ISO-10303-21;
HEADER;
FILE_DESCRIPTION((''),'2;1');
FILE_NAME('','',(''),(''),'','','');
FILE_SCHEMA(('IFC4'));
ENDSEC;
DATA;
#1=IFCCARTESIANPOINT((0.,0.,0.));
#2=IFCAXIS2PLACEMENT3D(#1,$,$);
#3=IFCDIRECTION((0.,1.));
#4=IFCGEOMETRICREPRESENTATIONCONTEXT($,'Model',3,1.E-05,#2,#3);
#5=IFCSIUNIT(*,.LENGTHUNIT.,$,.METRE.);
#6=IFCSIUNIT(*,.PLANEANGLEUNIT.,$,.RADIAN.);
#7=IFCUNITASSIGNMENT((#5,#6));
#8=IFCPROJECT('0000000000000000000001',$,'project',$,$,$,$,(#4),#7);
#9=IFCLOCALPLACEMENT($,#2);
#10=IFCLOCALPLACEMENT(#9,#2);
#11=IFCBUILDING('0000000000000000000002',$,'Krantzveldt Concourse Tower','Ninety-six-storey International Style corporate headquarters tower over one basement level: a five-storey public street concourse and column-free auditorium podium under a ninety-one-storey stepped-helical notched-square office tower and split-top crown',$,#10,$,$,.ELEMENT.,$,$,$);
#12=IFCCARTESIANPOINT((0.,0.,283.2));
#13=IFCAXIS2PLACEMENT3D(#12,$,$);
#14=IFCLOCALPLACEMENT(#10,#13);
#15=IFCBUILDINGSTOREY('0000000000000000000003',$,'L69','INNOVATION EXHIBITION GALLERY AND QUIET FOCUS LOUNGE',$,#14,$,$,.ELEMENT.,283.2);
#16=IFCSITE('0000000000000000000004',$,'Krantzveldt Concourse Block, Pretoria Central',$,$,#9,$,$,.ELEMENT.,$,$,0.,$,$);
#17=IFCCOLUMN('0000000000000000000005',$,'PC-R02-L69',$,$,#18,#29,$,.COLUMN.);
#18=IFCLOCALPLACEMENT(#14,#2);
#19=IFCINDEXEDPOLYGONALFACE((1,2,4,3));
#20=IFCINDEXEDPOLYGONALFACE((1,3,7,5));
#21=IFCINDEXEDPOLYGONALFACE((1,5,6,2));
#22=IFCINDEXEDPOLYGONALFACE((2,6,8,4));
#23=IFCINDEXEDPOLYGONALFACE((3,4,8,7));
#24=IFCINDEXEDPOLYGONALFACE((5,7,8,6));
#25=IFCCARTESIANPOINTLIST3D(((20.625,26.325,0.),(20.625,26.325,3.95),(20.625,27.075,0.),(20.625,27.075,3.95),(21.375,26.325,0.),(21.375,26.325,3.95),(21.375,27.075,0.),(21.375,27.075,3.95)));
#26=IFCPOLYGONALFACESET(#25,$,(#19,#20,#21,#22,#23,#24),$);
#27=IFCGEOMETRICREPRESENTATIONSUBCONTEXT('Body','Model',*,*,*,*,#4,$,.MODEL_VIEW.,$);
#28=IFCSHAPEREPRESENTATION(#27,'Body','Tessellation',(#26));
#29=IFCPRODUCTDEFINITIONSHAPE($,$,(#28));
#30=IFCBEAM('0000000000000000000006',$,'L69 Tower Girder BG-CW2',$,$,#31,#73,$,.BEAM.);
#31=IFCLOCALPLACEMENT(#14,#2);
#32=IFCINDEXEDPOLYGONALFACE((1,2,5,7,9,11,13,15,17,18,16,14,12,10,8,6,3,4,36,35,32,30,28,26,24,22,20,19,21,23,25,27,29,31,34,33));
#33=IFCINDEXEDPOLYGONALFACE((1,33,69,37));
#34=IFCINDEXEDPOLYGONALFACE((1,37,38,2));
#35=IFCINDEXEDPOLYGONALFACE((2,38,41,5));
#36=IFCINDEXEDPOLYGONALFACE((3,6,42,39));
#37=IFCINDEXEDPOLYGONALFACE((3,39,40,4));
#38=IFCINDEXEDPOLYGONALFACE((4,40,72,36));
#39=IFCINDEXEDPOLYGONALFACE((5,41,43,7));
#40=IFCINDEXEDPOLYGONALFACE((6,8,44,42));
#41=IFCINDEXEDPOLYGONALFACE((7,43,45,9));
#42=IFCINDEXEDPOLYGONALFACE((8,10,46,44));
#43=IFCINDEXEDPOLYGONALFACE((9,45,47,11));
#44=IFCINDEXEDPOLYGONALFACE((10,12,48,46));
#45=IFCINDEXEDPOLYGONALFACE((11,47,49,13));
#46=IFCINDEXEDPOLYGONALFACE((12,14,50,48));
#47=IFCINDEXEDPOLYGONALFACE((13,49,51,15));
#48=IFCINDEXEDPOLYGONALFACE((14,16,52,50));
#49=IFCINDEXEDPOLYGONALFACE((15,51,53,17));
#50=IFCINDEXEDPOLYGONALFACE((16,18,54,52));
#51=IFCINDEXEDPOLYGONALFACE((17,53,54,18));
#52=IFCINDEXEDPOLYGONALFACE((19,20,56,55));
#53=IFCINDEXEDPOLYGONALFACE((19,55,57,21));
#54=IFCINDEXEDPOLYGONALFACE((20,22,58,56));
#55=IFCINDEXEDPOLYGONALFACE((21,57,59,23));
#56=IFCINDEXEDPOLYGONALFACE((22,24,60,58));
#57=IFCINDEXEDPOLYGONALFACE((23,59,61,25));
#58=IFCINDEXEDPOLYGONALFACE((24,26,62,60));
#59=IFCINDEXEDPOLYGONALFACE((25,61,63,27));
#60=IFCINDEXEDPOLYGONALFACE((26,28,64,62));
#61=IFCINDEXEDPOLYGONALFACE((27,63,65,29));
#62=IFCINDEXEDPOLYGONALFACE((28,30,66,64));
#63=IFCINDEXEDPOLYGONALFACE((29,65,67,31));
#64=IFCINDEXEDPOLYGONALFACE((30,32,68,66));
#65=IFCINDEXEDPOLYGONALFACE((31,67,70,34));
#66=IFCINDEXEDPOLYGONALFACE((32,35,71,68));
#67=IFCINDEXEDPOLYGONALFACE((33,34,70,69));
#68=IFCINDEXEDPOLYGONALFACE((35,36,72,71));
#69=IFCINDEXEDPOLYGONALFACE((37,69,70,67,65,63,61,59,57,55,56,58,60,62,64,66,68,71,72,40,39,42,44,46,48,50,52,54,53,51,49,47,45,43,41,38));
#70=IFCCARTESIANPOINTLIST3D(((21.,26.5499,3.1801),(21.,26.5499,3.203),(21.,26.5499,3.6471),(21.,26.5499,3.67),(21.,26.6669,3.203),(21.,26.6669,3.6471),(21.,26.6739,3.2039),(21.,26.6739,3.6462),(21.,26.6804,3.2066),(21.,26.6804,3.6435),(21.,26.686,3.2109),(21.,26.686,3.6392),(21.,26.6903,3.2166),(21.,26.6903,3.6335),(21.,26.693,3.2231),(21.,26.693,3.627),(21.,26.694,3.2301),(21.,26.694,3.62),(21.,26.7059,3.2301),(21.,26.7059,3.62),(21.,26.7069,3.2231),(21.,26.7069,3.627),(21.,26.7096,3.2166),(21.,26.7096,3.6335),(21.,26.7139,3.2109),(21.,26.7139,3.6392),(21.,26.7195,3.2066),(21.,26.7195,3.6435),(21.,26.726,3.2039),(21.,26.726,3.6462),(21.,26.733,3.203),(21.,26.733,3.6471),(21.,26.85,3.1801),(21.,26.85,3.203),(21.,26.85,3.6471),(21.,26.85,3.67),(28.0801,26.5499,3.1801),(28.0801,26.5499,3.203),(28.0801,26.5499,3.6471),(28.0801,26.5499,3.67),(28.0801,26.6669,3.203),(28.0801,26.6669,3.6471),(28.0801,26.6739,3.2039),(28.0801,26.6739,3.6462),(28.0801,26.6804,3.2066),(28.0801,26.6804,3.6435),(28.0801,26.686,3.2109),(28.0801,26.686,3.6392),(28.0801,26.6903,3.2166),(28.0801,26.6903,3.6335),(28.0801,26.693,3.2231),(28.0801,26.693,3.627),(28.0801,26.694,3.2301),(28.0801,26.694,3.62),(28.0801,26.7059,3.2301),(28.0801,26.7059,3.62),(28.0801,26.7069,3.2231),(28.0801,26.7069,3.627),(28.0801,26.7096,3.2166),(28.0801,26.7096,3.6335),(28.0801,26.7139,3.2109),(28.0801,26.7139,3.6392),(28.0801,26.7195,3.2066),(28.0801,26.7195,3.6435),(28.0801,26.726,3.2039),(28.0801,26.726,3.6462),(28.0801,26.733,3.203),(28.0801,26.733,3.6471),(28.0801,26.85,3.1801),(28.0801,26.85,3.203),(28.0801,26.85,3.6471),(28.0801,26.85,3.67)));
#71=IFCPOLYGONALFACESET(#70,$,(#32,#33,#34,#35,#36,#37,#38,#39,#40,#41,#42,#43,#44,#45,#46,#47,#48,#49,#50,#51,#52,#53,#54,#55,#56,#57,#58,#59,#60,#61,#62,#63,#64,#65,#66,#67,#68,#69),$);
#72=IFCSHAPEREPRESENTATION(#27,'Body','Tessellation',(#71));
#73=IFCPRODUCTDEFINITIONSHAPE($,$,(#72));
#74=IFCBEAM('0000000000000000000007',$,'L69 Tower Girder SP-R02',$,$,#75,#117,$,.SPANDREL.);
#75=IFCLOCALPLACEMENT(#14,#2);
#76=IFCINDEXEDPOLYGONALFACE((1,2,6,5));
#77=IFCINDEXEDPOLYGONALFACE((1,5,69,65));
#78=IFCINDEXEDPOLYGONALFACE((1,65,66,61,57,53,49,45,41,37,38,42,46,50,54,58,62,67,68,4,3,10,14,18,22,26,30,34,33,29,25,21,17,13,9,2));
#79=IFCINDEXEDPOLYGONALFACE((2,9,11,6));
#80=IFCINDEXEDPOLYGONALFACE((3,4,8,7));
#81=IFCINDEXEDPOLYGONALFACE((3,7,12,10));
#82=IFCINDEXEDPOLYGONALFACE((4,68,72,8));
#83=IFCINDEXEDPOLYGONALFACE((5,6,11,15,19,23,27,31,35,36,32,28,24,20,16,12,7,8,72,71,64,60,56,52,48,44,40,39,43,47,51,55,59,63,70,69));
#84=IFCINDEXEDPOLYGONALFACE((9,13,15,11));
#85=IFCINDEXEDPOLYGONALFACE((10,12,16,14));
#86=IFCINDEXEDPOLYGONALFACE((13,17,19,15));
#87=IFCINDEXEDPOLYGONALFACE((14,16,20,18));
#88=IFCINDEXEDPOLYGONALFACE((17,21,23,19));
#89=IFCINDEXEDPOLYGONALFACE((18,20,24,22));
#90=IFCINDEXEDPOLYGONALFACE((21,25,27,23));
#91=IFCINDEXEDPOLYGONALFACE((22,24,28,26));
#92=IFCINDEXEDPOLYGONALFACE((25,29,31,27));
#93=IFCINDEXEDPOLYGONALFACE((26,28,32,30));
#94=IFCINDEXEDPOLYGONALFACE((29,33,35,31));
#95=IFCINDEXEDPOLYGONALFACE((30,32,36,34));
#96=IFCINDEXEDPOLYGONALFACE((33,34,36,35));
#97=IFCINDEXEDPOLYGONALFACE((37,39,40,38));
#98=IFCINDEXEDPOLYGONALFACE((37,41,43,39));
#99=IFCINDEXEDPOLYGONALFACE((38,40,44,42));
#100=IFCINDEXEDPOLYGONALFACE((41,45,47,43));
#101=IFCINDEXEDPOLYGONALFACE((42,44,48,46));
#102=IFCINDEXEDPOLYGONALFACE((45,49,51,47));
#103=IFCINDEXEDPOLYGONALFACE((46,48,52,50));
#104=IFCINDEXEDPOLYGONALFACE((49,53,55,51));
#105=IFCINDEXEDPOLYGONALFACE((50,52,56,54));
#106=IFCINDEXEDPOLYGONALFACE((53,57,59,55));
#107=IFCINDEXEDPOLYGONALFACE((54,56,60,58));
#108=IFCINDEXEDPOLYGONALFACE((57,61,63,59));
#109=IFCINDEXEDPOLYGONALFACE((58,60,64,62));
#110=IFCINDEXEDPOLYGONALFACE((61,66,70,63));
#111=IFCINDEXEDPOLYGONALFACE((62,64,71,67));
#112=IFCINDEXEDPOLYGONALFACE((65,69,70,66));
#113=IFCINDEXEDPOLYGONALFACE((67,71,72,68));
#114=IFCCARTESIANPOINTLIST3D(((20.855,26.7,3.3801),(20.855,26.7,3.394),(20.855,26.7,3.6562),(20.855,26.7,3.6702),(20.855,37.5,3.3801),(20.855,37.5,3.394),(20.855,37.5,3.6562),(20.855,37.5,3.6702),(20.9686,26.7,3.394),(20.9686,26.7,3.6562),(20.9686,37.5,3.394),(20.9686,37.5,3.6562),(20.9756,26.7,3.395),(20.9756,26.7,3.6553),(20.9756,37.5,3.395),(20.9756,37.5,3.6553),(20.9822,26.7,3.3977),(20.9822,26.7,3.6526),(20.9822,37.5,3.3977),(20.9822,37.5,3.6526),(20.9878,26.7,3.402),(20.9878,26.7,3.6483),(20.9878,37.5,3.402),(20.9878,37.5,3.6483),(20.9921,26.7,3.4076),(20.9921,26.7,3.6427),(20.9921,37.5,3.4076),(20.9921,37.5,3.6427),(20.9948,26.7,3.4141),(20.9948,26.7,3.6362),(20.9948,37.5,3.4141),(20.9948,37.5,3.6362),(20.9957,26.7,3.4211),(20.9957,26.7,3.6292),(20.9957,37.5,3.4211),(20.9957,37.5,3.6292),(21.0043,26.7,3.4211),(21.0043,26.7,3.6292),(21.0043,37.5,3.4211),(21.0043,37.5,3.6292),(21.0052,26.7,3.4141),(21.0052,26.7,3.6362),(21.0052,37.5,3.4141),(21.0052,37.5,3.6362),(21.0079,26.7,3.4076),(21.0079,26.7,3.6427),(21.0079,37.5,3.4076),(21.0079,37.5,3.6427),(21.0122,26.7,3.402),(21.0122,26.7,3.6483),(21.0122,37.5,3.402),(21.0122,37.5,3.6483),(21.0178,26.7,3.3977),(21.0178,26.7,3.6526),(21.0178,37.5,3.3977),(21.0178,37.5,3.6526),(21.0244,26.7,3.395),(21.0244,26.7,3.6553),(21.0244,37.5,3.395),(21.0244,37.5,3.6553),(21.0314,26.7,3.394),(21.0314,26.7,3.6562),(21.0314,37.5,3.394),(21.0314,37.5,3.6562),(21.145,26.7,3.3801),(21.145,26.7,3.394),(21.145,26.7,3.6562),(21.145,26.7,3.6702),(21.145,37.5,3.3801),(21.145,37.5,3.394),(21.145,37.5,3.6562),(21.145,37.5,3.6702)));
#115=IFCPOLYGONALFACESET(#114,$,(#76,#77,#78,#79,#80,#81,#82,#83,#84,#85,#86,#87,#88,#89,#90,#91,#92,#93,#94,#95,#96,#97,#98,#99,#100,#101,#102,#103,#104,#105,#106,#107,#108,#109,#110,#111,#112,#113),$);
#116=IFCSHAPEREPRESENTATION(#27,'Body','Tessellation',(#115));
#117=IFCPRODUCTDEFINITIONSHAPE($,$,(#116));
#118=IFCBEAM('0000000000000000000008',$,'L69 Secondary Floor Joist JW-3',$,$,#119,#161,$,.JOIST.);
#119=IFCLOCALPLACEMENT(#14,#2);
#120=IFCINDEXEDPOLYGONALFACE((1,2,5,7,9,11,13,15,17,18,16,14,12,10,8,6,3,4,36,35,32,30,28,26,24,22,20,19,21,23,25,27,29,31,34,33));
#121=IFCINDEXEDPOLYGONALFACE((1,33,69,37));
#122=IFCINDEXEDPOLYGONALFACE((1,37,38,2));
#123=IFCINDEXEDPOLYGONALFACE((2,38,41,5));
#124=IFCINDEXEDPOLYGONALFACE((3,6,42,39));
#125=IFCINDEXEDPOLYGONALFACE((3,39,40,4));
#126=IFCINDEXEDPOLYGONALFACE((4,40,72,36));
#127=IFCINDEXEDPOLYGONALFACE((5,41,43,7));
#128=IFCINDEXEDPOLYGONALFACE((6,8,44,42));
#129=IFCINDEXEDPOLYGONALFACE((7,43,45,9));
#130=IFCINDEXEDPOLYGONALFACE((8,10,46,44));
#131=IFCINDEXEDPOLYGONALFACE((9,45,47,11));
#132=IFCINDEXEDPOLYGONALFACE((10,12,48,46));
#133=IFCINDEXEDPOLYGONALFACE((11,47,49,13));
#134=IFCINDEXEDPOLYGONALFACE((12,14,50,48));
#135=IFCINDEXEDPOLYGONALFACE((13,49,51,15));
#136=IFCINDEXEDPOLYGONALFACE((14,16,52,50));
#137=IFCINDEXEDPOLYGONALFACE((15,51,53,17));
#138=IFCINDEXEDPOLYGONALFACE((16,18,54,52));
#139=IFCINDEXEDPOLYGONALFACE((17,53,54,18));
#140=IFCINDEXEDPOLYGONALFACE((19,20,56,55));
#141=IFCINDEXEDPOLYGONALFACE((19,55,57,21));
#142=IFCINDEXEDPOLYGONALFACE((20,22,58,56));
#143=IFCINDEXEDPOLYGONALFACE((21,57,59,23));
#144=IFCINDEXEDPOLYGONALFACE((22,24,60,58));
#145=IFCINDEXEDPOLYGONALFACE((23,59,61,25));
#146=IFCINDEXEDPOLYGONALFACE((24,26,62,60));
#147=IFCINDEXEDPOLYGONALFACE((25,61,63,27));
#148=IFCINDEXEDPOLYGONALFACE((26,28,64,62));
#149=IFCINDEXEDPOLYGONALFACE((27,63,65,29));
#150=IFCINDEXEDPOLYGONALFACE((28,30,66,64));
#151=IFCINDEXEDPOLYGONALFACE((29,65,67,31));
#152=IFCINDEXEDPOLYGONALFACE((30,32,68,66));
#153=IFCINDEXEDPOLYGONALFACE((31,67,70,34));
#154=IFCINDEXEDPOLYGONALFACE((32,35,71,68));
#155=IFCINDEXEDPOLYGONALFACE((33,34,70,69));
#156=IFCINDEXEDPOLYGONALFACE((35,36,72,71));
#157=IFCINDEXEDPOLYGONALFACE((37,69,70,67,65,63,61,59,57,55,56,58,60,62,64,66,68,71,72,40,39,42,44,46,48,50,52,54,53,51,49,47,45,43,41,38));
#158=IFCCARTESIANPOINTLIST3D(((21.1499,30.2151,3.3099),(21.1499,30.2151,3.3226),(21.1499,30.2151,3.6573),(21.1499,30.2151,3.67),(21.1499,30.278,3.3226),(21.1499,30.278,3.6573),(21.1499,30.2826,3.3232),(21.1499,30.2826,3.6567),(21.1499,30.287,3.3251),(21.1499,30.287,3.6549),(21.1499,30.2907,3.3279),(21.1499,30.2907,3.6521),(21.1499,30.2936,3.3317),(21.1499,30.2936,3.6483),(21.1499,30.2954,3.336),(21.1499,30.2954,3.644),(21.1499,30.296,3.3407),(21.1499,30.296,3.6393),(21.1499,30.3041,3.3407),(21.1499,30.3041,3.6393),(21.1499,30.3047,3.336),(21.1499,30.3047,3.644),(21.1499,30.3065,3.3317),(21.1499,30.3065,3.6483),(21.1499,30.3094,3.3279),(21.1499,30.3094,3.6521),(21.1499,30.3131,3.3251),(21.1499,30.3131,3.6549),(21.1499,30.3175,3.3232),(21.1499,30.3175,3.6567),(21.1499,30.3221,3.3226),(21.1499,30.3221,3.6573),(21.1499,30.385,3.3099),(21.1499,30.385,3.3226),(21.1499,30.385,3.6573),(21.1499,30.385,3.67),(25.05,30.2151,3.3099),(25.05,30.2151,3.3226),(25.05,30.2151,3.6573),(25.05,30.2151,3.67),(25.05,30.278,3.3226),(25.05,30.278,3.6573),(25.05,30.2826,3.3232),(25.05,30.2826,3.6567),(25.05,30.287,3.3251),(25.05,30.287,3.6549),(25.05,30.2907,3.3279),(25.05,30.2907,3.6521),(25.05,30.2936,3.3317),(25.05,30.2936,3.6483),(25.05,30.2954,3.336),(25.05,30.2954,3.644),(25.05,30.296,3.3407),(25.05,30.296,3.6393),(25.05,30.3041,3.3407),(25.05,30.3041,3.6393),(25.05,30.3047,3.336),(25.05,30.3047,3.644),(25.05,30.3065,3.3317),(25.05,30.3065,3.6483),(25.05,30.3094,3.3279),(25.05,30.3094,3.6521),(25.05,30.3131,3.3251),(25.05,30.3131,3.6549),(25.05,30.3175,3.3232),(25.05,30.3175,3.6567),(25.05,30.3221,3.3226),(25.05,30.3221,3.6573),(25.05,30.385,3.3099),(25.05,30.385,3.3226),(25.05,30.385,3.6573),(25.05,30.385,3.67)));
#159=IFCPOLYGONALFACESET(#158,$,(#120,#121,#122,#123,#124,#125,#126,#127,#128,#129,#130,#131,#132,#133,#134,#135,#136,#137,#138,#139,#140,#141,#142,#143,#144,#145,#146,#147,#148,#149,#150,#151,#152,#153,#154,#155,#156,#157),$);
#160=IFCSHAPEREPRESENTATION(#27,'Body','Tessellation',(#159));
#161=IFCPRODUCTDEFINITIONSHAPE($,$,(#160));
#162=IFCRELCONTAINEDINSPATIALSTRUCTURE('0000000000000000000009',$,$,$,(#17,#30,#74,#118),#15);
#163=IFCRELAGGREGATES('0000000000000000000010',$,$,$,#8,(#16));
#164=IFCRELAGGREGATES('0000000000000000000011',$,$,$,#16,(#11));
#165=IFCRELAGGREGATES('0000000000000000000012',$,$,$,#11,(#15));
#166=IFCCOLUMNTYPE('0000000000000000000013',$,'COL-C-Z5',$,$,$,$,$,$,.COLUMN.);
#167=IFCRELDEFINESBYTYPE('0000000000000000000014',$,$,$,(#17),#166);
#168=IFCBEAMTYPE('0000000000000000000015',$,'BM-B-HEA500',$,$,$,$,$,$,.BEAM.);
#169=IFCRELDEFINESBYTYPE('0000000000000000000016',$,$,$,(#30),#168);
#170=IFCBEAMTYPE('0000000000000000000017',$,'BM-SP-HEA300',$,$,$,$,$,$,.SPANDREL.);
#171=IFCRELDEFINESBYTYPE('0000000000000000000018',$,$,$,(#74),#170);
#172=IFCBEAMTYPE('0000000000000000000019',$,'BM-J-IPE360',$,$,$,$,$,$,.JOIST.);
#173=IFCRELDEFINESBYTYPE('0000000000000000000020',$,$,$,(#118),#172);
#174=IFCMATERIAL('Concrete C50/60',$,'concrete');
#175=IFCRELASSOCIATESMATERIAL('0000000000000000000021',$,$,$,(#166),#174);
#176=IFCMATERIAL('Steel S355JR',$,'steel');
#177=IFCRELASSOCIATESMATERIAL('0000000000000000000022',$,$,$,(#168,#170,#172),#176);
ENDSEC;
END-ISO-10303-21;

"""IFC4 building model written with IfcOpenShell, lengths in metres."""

from ifc_helpers import new_model, si_unit, direction, frame, origin, origin_2d, place, context, subcontext, project, spatial, rectangle, i_section, extrude, source, transform, mapped, material, material_profile, profile_set, type_object, type_shapes, element, save


model = new_model("IFC4")

# Units and contexts
model_context = context("Model", 3, precision=1e-05, world=origin(), true_north=direction((0.0, 1.0)))
body_context = subcontext(model_context, "Body", "Model", "MODEL_VIEW")
ifc_project = project(units=[si_unit("LENGTHUNIT", "METRE"), si_unit("PLANEANGLEUNIT", "RADIAN")], contexts=[model_context])

# Site, building, storey
site_placement = place(None, origin())
site = spatial("IfcSite", under=ifc_project, at=site_placement, Name="Krantzveldt Concourse Block, Pretoria Central", CompositionType="ELEMENT", RefElevation=0.0)
building_placement = place(site_placement, origin())
building = spatial("IfcBuilding", under=site, at=building_placement, Name="Krantzveldt Concourse Tower", Description="Ninety-six-storey International Style corporate headquarters tower over one basement level: a five-storey public street concourse and column-free auditorium podium under a ninety-one-storey stepped-helical notched-square office tower and split-top crown", CompositionType="ELEMENT")
storey_placement = place(building_placement, frame((0.0, 0.0, 283.2)))
storey = spatial("IfcBuildingStorey", under=building, at=storey_placement, Name="L69", Description="INNOVATION EXHIBITION GALLERY AND QUIET FOCUS LOUNGE", CompositionType="ELEMENT", Elevation=283.2)

# Column
ifc_material_1 = material(Name="Concrete C50/60", Category="concrete")
ifc_material_profile_1 = material_profile(ifc_material_1, rectangle(XDim=0.75, YDim=0.75, at=origin_2d()), Name="Concrete C50/60", Category="concrete")
ifc_profile_set_1 = profile_set([ifc_material_profile_1], Name="Concrete C50/60 - RC 750x750")
column_type = type_object("IfcColumnType", Name="COL-C-Z5", PredefinedType="COLUMN", material=ifc_profile_set_1)
shared_shape_1 = source(origin(), body_context, "Body", "SweptSolid", [
    extrude(rectangle(XDim=0.75, YDim=0.75, at=origin_2d()), origin(), (0.0, 0.0, 1.0), 3.95),
])
type_shapes(column_type, [shared_shape_1])
column_placement = place(storey_placement, frame((21.0, 26.7, 0.0), z_axis=(0.0, 0.0, 1.0), x_axis=(1.0, 0.0, 0.0)))
element("IfcColumn", 1, at=column_placement, inside=storey, type_object=column_type, Name="PC-R02-L69", PredefinedType="COLUMN", context=body_context, shape_type="MappedRepresentation", body=[
    mapped(shared_shape_1, transform((0.0, 0.0, 0.0), x_axis=(1.0, 0.0, 0.0), y_axis=(0.0, 1.0, 0.0), z_axis=(0.0, 0.0, 1.0), scale=1.0)),
])

# Beams
ifc_material_2 = material(Name="Steel S355JR", Category="steel")
ifc_material_profile_2 = material_profile(ifc_material_2, i_section(OverallWidth=0.3, OverallDepth=0.49, WebThickness=0.012, FlangeThickness=0.0229, FilletRadius=0.0271, at=origin_2d()), Name="Steel S355JR", Category="steel")
ifc_profile_set_2 = profile_set([ifc_material_profile_2], Name="Steel S355JR - HEA 500")
beam_type_1 = type_object("IfcBeamType", Name="BM-B-HEA500", PredefinedType="BEAM", material=ifc_profile_set_2)
shared_shape_2 = source(origin(), body_context, "Body", "SweptSolid", [
    extrude(i_section(OverallWidth=0.3, OverallDepth=0.49, WebThickness=0.012, FlangeThickness=0.0229, FilletRadius=0.0271, at=origin_2d()), origin(), (0.0, 0.0, 1.0), 7.0801),
])
type_shapes(beam_type_1, [shared_shape_2])
beam_1_placement = place(storey_placement, frame((21.0, 26.7, 3.425), z_axis=(1.0, 0.0, 0.0), x_axis=(0.0, 1.0, 0.0)))
element("IfcBeam", 2, at=beam_1_placement, inside=storey, type_object=beam_type_1, Name="L69 Tower Girder BG-CW2", PredefinedType="BEAM", context=body_context, shape_type="MappedRepresentation", body=[
    mapped(shared_shape_2, transform((0.0, 0.0, 0.0), x_axis=(1.0, 0.0, 0.0), y_axis=(0.0, 1.0, 0.0), z_axis=(0.0, 0.0, 1.0), scale=1.0)),
])
ifc_material_profile_3 = material_profile(ifc_material_2, i_section(OverallWidth=0.29, OverallDepth=0.29, WebThickness=0.0085, FlangeThickness=0.0139, FilletRadius=0.0271, at=origin_2d()), Name="Steel S355JR", Category="steel")
ifc_profile_set_3 = profile_set([ifc_material_profile_3], Name="Steel S355JR - HEA 300")
beam_type_2 = type_object("IfcBeamType", Name="BM-SP-HEA300", PredefinedType="SPANDREL", material=ifc_profile_set_3)
shared_shape_3 = source(origin(), body_context, "Body", "SweptSolid", [
    extrude(i_section(OverallWidth=0.29, OverallDepth=0.29, WebThickness=0.0085, FlangeThickness=0.0139, FilletRadius=0.0271, at=origin_2d()), origin(), (0.0, 0.0, 1.0), 10.8),
])
type_shapes(beam_type_2, [shared_shape_3])
beam_2_placement = place(storey_placement, frame((21.0, 26.7, 3.5251), z_axis=(0.0, 1.0, 0.0), x_axis=(-1.0, 0.0, 0.0)))
element("IfcBeam", 3, at=beam_2_placement, inside=storey, type_object=beam_type_2, Name="L69 Tower Girder SP-R02", PredefinedType="SPANDREL", context=body_context, shape_type="MappedRepresentation", body=[
    mapped(shared_shape_3, transform((0.0, 0.0, 0.0), x_axis=(1.0, 0.0, 0.0), y_axis=(0.0, 1.0, 0.0), z_axis=(0.0, 0.0, 1.0), scale=1.0)),
])
ifc_material_profile_4 = material_profile(ifc_material_2, i_section(OverallWidth=0.1699, OverallDepth=0.3601, WebThickness=0.0081, FlangeThickness=0.0127, FilletRadius=0.0181, at=origin_2d()), Name="Steel S355JR", Category="steel")
ifc_profile_set_4 = profile_set([ifc_material_profile_4], Name="Steel S355JR - IPE 360")
beam_type_3 = type_object("IfcBeamType", Name="BM-J-IPE360", PredefinedType="JOIST", material=ifc_profile_set_4)
shared_shape_4 = source(origin(), body_context, "Body", "SweptSolid", [
    extrude(i_section(OverallWidth=0.1699, OverallDepth=0.3601, WebThickness=0.0081, FlangeThickness=0.0127, FilletRadius=0.0181, at=origin_2d()), origin(), (0.0, 0.0, 1.0), 3.9001),
])
type_shapes(beam_type_3, [shared_shape_4])
beam_3_placement = place(storey_placement, frame((21.1499, 30.3, 3.49), z_axis=(1.0, 0.0, 0.0), x_axis=(0.0, 1.0, 0.0)))
element("IfcBeam", 4, at=beam_3_placement, inside=storey, type_object=beam_type_3, Name="L69 Secondary Floor Joist JW-3", PredefinedType="JOIST", context=body_context, shape_type="MappedRepresentation", body=[
    mapped(shared_shape_4, transform((0.0, 0.0, 0.0), x_axis=(1.0, 0.0, 0.0), y_axis=(0.0, 1.0, 0.0), z_axis=(0.0, 0.0, 1.0), scale=1.0)),
])

save(model, "model.ifc")
